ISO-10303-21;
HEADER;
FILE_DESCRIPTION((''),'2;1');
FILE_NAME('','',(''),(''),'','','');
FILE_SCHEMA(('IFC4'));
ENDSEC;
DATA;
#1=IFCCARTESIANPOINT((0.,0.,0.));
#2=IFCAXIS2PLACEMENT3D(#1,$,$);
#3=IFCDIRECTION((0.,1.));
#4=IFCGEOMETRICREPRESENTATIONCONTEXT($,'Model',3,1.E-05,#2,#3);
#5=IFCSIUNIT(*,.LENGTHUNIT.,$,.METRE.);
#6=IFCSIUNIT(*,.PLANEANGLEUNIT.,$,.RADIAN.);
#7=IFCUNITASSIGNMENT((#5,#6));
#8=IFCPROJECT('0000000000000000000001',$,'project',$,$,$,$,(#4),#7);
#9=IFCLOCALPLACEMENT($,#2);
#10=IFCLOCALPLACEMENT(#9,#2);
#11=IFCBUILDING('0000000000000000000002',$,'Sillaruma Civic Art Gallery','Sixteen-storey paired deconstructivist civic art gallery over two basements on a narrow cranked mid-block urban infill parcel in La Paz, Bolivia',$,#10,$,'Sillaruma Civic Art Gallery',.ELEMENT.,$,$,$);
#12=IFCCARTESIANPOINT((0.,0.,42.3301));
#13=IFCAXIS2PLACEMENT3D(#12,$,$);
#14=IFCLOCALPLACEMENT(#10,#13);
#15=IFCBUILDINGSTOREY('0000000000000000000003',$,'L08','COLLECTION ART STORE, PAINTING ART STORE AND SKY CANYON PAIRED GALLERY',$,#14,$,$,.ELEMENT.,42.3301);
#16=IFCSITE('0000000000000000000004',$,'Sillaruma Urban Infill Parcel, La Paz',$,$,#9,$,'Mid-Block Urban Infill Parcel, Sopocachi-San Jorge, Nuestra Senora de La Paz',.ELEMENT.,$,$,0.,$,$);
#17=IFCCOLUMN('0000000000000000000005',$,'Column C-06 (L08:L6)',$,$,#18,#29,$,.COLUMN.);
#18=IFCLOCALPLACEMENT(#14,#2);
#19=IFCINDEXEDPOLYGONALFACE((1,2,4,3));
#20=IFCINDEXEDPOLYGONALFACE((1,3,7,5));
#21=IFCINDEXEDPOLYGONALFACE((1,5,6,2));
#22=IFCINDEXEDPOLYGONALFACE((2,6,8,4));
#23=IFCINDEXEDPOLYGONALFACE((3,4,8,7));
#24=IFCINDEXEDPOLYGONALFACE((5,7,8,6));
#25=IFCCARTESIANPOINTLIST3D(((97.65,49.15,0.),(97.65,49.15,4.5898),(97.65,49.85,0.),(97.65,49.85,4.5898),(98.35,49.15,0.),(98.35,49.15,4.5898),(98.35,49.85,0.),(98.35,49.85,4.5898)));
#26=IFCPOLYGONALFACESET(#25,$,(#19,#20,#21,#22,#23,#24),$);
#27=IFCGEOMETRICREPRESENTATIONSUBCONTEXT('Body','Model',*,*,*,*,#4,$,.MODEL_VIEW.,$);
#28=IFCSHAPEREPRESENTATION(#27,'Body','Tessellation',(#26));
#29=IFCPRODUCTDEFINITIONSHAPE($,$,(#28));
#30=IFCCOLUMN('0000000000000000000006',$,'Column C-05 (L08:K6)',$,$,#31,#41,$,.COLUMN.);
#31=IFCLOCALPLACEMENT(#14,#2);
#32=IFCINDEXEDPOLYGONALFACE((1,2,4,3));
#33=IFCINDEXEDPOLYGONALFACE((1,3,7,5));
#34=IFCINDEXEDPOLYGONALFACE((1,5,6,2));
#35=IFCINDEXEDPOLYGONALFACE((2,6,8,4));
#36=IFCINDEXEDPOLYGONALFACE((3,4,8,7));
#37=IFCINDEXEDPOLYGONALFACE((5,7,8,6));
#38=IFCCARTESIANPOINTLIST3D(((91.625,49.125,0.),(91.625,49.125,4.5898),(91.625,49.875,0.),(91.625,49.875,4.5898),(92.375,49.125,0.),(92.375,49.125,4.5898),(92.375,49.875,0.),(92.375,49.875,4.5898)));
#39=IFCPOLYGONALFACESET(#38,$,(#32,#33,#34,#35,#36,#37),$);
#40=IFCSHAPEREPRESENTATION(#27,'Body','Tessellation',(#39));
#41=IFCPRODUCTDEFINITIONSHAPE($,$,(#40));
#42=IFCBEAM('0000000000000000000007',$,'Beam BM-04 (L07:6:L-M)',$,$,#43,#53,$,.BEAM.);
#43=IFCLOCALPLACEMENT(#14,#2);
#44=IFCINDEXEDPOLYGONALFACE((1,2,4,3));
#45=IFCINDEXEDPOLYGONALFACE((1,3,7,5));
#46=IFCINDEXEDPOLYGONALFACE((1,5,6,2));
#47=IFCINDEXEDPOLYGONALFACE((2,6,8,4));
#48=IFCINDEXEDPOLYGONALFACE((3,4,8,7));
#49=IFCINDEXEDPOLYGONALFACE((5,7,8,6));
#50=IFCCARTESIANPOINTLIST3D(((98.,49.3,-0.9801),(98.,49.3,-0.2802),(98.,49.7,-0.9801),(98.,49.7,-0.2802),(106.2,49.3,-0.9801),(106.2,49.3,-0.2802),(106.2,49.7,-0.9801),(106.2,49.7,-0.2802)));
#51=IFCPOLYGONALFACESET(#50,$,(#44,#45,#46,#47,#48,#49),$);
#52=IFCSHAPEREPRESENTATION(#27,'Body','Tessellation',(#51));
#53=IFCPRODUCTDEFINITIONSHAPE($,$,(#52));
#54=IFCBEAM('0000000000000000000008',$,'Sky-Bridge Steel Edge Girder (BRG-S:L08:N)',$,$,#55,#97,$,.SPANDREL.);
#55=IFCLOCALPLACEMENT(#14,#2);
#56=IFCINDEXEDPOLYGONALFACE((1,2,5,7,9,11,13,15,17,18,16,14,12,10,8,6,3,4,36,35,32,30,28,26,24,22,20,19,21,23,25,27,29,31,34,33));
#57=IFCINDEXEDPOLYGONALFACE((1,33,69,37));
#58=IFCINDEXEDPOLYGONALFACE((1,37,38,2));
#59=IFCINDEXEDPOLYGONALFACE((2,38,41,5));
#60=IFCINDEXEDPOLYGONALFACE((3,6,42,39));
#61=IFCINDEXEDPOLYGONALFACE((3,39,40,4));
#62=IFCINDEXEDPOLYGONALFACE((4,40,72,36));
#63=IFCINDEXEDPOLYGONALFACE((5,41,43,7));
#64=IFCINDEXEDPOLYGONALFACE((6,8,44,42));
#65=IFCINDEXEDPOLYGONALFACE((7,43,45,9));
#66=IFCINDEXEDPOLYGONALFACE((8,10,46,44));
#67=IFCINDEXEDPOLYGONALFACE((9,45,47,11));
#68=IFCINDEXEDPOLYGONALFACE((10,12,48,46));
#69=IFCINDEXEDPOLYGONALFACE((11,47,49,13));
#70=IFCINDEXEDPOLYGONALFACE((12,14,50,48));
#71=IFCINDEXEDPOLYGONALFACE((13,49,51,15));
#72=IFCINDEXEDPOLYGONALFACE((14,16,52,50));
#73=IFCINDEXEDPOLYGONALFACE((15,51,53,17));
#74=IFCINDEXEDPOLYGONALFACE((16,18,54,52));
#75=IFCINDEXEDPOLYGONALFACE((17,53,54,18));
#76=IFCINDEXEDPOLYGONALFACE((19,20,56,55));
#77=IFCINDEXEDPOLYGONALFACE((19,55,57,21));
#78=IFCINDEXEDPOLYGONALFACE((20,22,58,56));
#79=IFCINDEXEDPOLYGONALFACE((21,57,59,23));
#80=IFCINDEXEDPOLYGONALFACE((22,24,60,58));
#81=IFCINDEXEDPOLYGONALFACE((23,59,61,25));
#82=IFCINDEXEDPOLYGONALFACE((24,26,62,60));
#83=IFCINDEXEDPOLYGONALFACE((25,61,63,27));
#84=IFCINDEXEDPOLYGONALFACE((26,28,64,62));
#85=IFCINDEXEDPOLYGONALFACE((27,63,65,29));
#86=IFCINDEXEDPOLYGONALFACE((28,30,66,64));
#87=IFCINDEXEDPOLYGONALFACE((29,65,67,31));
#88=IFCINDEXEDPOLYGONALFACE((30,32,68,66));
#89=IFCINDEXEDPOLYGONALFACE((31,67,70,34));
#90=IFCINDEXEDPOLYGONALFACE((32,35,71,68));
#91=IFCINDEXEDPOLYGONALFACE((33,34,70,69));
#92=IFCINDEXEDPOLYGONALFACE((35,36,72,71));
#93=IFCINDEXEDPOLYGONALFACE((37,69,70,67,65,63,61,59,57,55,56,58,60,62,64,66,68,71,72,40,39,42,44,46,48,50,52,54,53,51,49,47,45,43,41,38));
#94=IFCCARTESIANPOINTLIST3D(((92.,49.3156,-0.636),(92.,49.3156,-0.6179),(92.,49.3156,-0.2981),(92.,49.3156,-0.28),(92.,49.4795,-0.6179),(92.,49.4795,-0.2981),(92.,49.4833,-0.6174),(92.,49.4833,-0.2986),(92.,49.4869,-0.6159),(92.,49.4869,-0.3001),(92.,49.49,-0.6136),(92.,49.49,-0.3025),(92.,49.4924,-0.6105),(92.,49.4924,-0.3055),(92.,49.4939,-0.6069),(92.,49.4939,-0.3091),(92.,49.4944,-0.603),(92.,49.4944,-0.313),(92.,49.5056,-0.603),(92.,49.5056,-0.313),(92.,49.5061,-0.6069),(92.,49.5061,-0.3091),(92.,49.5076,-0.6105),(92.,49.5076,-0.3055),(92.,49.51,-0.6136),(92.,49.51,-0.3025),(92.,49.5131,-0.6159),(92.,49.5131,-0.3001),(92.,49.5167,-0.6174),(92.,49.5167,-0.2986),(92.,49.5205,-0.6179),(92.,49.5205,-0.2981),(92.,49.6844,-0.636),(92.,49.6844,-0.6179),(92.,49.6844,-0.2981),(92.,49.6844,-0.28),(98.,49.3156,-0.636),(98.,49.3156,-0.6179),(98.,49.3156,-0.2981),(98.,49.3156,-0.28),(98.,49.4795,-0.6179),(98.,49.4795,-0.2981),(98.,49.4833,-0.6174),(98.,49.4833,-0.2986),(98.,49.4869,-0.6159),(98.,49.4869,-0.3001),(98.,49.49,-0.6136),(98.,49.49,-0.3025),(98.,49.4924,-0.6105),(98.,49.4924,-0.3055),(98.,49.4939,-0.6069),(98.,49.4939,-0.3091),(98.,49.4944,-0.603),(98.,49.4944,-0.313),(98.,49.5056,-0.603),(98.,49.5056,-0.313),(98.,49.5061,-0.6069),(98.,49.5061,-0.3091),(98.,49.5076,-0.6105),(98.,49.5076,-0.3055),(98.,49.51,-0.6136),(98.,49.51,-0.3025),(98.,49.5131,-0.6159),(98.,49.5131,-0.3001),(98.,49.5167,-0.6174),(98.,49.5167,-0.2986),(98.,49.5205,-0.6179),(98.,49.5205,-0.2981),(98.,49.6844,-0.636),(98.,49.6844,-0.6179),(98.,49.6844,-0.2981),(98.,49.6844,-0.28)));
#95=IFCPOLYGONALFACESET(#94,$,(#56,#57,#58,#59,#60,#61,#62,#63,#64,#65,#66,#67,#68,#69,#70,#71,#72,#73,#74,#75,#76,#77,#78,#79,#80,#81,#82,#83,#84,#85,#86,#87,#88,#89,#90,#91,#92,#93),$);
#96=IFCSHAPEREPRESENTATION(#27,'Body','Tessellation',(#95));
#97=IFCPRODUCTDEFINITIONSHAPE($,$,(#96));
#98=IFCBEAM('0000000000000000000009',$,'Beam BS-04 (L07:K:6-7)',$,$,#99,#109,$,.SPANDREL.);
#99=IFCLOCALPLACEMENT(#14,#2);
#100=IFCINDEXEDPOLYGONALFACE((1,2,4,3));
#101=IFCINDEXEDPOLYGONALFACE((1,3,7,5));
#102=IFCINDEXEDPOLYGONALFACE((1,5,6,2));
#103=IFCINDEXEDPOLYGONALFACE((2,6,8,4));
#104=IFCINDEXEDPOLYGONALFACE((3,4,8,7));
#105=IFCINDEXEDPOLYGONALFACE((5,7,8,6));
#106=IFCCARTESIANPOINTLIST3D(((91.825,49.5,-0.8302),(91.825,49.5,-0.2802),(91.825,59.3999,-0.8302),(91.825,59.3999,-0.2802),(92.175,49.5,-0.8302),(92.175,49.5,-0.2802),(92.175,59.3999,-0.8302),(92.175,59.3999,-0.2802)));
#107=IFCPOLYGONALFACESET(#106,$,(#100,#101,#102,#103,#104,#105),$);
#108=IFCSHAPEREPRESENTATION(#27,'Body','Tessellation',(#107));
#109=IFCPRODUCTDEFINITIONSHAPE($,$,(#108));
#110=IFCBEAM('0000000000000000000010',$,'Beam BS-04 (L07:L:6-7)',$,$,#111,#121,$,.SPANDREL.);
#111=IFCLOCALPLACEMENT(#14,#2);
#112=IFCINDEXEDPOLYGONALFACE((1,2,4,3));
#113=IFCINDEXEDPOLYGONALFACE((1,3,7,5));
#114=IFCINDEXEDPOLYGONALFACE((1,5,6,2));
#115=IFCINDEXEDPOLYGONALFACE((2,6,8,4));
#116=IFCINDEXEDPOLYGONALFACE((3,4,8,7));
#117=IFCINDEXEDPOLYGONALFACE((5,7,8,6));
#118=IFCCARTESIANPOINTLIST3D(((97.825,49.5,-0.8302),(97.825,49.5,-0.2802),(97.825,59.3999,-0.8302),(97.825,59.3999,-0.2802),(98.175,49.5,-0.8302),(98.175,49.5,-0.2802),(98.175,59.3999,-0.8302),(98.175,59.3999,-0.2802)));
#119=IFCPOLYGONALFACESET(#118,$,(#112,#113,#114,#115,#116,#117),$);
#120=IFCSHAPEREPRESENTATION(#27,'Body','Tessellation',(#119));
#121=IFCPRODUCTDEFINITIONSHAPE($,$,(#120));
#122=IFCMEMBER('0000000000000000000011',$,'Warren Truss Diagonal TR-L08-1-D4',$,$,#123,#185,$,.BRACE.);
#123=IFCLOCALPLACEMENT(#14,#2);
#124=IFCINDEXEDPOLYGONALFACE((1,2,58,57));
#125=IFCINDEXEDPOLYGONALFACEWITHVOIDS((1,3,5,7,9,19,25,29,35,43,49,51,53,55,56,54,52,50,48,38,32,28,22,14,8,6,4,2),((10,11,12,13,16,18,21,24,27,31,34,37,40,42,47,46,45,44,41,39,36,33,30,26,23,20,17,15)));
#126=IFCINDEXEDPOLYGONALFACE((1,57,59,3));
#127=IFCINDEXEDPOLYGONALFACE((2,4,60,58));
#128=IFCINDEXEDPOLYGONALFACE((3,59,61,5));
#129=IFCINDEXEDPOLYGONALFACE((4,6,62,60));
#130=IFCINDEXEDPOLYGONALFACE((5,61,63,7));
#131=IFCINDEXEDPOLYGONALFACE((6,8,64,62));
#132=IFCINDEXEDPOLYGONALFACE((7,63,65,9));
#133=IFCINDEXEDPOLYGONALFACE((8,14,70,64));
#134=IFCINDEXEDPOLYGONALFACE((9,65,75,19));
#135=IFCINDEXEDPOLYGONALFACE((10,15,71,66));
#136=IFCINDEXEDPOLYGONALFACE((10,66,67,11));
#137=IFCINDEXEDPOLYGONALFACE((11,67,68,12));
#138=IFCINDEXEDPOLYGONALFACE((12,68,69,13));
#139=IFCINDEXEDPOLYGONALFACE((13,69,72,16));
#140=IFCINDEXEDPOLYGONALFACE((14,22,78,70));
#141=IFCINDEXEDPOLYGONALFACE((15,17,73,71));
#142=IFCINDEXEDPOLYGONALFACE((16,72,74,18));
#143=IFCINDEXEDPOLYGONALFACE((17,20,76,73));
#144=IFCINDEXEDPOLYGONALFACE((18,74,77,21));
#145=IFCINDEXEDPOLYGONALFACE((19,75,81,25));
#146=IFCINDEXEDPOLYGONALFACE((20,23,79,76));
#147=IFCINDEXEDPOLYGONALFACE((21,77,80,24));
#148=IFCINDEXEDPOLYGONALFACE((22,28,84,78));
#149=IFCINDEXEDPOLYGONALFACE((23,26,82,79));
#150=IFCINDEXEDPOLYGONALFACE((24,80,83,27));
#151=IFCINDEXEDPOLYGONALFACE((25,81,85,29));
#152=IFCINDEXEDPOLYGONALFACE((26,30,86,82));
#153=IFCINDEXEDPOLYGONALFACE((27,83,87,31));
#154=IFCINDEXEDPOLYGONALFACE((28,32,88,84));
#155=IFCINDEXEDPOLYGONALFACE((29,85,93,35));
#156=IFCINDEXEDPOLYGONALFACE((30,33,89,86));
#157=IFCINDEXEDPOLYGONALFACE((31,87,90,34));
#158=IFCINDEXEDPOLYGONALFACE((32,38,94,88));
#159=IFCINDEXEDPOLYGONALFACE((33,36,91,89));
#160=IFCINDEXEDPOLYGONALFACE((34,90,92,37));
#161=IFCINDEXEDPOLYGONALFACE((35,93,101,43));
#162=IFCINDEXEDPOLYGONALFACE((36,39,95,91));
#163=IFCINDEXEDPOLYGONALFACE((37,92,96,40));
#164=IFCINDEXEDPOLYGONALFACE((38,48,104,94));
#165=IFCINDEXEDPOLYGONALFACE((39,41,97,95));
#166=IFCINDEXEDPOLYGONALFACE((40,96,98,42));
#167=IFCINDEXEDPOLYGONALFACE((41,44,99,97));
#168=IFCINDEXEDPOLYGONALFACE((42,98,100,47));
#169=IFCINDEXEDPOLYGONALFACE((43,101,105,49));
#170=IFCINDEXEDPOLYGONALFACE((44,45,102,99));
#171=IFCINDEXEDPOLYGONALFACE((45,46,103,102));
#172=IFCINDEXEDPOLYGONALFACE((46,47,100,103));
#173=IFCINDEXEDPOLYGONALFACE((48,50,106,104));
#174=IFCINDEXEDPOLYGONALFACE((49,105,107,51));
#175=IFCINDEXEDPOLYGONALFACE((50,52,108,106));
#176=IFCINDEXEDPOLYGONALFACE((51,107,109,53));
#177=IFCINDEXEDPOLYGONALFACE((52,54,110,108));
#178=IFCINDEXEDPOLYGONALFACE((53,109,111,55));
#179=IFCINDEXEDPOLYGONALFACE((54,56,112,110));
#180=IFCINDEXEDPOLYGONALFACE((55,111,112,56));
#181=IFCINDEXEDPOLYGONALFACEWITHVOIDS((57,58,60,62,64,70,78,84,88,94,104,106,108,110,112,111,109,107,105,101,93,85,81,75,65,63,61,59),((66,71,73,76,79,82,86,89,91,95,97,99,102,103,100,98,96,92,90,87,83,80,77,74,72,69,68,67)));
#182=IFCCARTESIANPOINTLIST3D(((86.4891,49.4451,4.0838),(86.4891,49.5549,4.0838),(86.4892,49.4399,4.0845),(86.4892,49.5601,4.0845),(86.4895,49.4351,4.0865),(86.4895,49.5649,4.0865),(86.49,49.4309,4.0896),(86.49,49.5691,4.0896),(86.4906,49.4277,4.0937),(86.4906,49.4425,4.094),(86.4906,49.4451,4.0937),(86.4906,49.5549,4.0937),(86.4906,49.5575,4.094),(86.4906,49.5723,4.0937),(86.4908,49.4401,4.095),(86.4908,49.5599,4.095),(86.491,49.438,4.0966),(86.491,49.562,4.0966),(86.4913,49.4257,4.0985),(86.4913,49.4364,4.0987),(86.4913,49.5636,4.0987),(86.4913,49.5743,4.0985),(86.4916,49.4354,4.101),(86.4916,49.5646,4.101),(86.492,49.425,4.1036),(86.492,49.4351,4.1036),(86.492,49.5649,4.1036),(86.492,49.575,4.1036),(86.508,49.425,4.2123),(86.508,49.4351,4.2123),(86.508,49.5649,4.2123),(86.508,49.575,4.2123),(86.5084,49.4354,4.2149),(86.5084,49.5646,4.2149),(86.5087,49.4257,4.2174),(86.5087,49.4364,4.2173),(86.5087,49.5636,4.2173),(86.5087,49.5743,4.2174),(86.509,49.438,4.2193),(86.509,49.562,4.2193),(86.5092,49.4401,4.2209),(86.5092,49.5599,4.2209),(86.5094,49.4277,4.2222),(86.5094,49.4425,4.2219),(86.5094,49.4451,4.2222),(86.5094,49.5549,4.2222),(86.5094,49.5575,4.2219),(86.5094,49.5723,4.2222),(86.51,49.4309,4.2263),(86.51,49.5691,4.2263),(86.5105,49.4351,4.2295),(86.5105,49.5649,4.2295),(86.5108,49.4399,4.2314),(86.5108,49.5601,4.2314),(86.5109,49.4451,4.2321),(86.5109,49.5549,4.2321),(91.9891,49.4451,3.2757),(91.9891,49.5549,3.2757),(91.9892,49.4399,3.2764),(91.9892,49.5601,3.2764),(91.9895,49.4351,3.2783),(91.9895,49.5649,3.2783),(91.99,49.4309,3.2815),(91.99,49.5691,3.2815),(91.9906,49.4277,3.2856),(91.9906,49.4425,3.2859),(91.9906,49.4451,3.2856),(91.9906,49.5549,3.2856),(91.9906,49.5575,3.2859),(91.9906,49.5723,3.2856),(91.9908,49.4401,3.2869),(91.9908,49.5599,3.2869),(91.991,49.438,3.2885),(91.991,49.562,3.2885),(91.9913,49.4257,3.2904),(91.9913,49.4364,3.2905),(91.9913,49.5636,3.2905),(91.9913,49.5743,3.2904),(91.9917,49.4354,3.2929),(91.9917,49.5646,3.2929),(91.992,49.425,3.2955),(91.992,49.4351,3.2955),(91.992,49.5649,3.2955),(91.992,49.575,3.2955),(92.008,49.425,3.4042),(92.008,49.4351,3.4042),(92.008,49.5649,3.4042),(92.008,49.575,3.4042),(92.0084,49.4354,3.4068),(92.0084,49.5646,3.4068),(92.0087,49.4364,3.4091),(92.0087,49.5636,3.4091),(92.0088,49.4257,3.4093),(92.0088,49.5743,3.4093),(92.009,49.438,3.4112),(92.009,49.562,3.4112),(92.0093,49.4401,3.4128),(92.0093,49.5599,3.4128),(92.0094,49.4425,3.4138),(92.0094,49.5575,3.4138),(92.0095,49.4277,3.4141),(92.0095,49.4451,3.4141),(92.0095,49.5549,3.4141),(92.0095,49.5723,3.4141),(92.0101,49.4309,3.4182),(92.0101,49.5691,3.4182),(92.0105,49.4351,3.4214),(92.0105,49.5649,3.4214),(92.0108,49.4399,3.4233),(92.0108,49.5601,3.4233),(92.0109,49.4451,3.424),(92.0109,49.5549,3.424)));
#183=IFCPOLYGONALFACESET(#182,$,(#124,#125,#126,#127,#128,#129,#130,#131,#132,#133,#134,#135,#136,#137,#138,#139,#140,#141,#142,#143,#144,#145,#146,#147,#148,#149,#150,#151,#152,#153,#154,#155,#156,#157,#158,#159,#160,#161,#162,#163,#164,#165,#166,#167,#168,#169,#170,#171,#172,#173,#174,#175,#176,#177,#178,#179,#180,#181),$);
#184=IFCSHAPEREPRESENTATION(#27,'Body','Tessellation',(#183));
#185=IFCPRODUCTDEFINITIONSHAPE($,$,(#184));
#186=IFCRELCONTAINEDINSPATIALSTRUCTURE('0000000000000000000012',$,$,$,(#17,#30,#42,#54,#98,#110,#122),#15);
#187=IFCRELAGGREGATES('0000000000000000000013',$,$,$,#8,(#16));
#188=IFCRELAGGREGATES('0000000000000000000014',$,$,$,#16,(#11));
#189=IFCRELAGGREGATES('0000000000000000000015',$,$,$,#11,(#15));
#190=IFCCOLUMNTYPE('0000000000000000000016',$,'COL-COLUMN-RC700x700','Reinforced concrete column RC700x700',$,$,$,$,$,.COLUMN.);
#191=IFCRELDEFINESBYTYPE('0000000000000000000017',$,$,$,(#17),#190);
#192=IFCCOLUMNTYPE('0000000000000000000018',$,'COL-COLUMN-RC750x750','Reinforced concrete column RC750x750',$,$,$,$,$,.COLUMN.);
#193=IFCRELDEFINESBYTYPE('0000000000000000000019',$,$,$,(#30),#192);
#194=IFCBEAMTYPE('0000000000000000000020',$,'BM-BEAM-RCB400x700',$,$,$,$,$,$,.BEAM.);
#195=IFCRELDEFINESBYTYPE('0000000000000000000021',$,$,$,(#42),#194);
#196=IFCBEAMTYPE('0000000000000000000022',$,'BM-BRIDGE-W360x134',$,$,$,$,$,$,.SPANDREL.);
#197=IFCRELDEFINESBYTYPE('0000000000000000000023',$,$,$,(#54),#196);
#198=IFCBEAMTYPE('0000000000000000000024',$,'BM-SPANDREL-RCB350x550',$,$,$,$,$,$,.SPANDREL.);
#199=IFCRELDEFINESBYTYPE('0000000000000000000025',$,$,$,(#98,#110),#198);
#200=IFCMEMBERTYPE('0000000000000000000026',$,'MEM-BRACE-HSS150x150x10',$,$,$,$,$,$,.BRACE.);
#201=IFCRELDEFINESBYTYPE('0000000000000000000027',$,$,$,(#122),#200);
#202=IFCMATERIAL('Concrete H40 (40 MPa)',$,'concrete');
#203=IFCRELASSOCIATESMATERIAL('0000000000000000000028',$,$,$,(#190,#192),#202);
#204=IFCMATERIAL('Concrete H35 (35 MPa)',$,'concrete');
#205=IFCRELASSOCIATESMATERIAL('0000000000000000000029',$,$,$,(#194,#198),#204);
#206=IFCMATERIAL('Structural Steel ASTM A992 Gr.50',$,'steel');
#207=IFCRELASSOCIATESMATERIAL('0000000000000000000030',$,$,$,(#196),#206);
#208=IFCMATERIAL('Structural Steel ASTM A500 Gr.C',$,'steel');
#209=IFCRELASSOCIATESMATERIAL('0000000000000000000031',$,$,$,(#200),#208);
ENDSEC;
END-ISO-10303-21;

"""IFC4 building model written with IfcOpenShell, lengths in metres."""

from ifc_helpers import new_model, si_unit, direction, frame, origin, origin_2d, place, context, subcontext, project, spatial, rectangle, hollow_rectangle, i_section, extrude, material, material_profile, profile_set, type_object, element, save


model = new_model("IFC4")

# Units and contexts
model_context = context("Model", 3, precision=1e-05, world=origin(), true_north=direction((0.0, 1.0)))
body_context = subcontext(model_context, "Body", "Model", "MODEL_VIEW")
ifc_project = project(units=[si_unit("LENGTHUNIT", "METRE"), si_unit("PLANEANGLEUNIT", "RADIAN")], contexts=[model_context])

# Site, building, storey
site_placement = place(None, origin())
site = spatial("IfcSite", under=ifc_project, at=site_placement, Name="Sillaruma Urban Infill Parcel, La Paz", LongName="Mid-Block Urban Infill Parcel, Sopocachi-San Jorge, Nuestra Senora de La Paz", CompositionType="ELEMENT", RefElevation=0.0)
building_placement = place(site_placement, origin())
building = spatial("IfcBuilding", under=site, at=building_placement, Name="Sillaruma Civic Art Gallery", Description="Sixteen-storey paired deconstructivist civic art gallery over two basements on a narrow cranked mid-block urban infill parcel in La Paz, Bolivia", LongName="Sillaruma Civic Art Gallery", CompositionType="ELEMENT")
storey_placement = place(building_placement, frame((0.0, 0.0, 42.3301)))
storey = spatial("IfcBuildingStorey", under=building, at=storey_placement, Name="L08", Description="COLLECTION ART STORE, PAINTING ART STORE AND SKY CANYON PAIRED GALLERY", CompositionType="ELEMENT", Elevation=42.3301)

# Columns
ifc_material_1 = material(Name="Concrete H40 (40 MPa)", Category="concrete")
ifc_material_profile_1 = material_profile(ifc_material_1, rectangle(XDim=0.7, YDim=0.7, at=origin_2d()), Name="RC700x700")
ifc_profile_set_1 = profile_set([ifc_material_profile_1], Name="Concrete H40 (40 MPa)")
column_type_1 = type_object("IfcColumnType", Name="COL-COLUMN-RC700x700", Description="Reinforced concrete column RC700x700", PredefinedType="COLUMN", material=ifc_profile_set_1)
column_1_placement = place(storey_placement, frame((98.0, 49.5, 0.0), z_axis=(0.0, 0.0, 1.0), x_axis=(1.0, 0.0, 0.0)))
element("IfcColumn", 1, at=column_1_placement, inside=storey, type_object=column_type_1, Name="Column C-06 (L08:L6)", PredefinedType="COLUMN", context=body_context, shape_type="SweptSolid", body=[
    extrude(rectangle(XDim=0.7, YDim=0.7, at=origin_2d()), origin(), (0.0, 0.0, 1.0), 4.5898),
])
ifc_material_profile_2 = material_profile(ifc_material_1, rectangle(XDim=0.75, YDim=0.75, at=origin_2d()), Name="RC750x750")
ifc_profile_set_2 = profile_set([ifc_material_profile_2], Name="Concrete H40 (40 MPa)")
column_type_2 = type_object("IfcColumnType", Name="COL-COLUMN-RC750x750", Description="Reinforced concrete column RC750x750", PredefinedType="COLUMN", material=ifc_profile_set_2)
column_2_placement = place(storey_placement, frame((92.0, 49.5, 0.0), z_axis=(0.0, 0.0, 1.0), x_axis=(1.0, 0.0, 0.0)))
element("IfcColumn", 2, at=column_2_placement, inside=storey, type_object=column_type_2, Name="Column C-05 (L08:K6)", PredefinedType="COLUMN", context=body_context, shape_type="SweptSolid", body=[
    extrude(rectangle(XDim=0.75, YDim=0.75, at=origin_2d()), origin(), (0.0, 0.0, 1.0), 4.5898),
])

# Beams
ifc_material_2 = material(Name="Concrete H35 (35 MPa)", Category="concrete")
ifc_material_profile_3 = material_profile(ifc_material_2, rectangle(XDim=0.3999, YDim=0.7, at=origin_2d()), Name="RCB400x700")
ifc_profile_set_3 = profile_set([ifc_material_profile_3], Name="Concrete H35 (35 MPa)")
beam_type_1 = type_object("IfcBeamType", Name="BM-BEAM-RCB400x700", PredefinedType="BEAM", material=ifc_profile_set_3)
beam_1_placement = place(storey_placement, frame((98.0, 49.5, -0.6301), z_axis=(1.0, 0.0, 0.0), x_axis=(0.0, 1.0, 0.0)))
element("IfcBeam", 3, at=beam_1_placement, inside=storey, type_object=beam_type_1, Name="Beam BM-04 (L07:6:L-M)", PredefinedType="BEAM", context=body_context, shape_type="SweptSolid", body=[
    extrude(rectangle(XDim=0.3999, YDim=0.7, at=origin_2d()), origin(), (0.0, 0.0, 1.0), 8.2),
])
ifc_material_3 = material(Name="Structural Steel ASTM A992 Gr.50", Category="steel")
ifc_material_profile_4 = material_profile(ifc_material_3, i_section(OverallWidth=0.3689, OverallDepth=0.356, WebThickness=0.0112, FlangeThickness=0.0181, FilletRadius=0.0149, at=origin_2d()), Name="W360x134")
ifc_profile_set_4 = profile_set([ifc_material_profile_4], Name="Structural Steel ASTM A992 Gr.50")
beam_type_2 = type_object("IfcBeamType", Name="BM-BRIDGE-W360x134", PredefinedType="SPANDREL", material=ifc_profile_set_4)
beam_2_placement = place(storey_placement, frame((92.0, 49.5, -0.458), z_axis=(1.0, 0.0, 0.0), x_axis=(0.0, 1.0, 0.0)))
element("IfcBeam", 4, at=beam_2_placement, inside=storey, type_object=beam_type_2, Name="Sky-Bridge Steel Edge Girder (BRG-S:L08:N)", PredefinedType="SPANDREL", context=body_context, shape_type="SweptSolid", body=[
    extrude(i_section(OverallWidth=0.3689, OverallDepth=0.356, WebThickness=0.0112, FlangeThickness=0.0181, FilletRadius=0.0149, at=origin_2d()), origin(), (0.0, 0.0, 1.0), 6.0),
])
ifc_material_profile_5 = material_profile(ifc_material_2, rectangle(XDim=0.3501, YDim=0.55, at=origin_2d()), Name="RCB350x550")
ifc_profile_set_5 = profile_set([ifc_material_profile_5], Name="Concrete H35 (35 MPa)")
beam_type_3 = type_object("IfcBeamType", Name="BM-SPANDREL-RCB350x550", PredefinedType="SPANDREL", material=ifc_profile_set_5)
for number, where, z_axis, x_axis, name in (
    (5, (92.0, 49.5, -0.5552), (0.0, 1.0, 0.0), (-1.0, 0.0, 0.0), "Beam BS-04 (L07:K:6-7)"),
    (6, (98.0, 49.5, -0.5552), (0.0, 1.0, 0.0), (-1.0, 0.0, 0.0), "Beam BS-04 (L07:L:6-7)"),
):
    element("IfcBeam", number, at=place(storey_placement, frame(where, z_axis=z_axis, x_axis=x_axis)), inside=storey, type_object=beam_type_3, Name=name, PredefinedType="SPANDREL", context=body_context, shape_type="SweptSolid", body=[
        extrude(rectangle(XDim=0.3501, YDim=0.55, at=origin_2d()), origin(), (0.0, 0.0, 1.0), 9.8999),
    ])

# Member
ifc_material_4 = material(Name="Structural Steel ASTM A500 Gr.C", Category="steel")
ifc_material_profile_6 = material_profile(ifc_material_4, hollow_rectangle(XDim=0.1499, YDim=0.1499, WallThickness=0.01, InnerFilletRadius=0.01, OuterFilletRadius=0.02, at=origin_2d()), Name="HSS150x150x10")
ifc_profile_set_6 = profile_set([ifc_material_profile_6], Name="Structural Steel ASTM A500 Gr.C")
member_type_1 = type_object("IfcMemberType", Name="MEM-BRACE-HSS150x150x10", PredefinedType="BRACE", material=ifc_profile_set_6)
member_1_placement = place(storey_placement, frame((86.5, 49.5, 4.158), z_axis=(0.989378, 0.0, -0.145368), x_axis=(0.0, 1.0, 0.0)))
element("IfcMember", 7, at=member_1_placement, inside=storey, type_object=member_type_1, Name="Warren Truss Diagonal TR-L08-1-D4", PredefinedType="BRACE", context=body_context, shape_type="SweptSolid", body=[
    extrude(hollow_rectangle(XDim=0.1499, YDim=0.1499, WallThickness=0.01, InnerFilletRadius=0.01, OuterFilletRadius=0.02, at=origin_2d()), origin(), (0.0, 0.0, 1.0), 5.5591),
])

save(model, "model.ifc")
